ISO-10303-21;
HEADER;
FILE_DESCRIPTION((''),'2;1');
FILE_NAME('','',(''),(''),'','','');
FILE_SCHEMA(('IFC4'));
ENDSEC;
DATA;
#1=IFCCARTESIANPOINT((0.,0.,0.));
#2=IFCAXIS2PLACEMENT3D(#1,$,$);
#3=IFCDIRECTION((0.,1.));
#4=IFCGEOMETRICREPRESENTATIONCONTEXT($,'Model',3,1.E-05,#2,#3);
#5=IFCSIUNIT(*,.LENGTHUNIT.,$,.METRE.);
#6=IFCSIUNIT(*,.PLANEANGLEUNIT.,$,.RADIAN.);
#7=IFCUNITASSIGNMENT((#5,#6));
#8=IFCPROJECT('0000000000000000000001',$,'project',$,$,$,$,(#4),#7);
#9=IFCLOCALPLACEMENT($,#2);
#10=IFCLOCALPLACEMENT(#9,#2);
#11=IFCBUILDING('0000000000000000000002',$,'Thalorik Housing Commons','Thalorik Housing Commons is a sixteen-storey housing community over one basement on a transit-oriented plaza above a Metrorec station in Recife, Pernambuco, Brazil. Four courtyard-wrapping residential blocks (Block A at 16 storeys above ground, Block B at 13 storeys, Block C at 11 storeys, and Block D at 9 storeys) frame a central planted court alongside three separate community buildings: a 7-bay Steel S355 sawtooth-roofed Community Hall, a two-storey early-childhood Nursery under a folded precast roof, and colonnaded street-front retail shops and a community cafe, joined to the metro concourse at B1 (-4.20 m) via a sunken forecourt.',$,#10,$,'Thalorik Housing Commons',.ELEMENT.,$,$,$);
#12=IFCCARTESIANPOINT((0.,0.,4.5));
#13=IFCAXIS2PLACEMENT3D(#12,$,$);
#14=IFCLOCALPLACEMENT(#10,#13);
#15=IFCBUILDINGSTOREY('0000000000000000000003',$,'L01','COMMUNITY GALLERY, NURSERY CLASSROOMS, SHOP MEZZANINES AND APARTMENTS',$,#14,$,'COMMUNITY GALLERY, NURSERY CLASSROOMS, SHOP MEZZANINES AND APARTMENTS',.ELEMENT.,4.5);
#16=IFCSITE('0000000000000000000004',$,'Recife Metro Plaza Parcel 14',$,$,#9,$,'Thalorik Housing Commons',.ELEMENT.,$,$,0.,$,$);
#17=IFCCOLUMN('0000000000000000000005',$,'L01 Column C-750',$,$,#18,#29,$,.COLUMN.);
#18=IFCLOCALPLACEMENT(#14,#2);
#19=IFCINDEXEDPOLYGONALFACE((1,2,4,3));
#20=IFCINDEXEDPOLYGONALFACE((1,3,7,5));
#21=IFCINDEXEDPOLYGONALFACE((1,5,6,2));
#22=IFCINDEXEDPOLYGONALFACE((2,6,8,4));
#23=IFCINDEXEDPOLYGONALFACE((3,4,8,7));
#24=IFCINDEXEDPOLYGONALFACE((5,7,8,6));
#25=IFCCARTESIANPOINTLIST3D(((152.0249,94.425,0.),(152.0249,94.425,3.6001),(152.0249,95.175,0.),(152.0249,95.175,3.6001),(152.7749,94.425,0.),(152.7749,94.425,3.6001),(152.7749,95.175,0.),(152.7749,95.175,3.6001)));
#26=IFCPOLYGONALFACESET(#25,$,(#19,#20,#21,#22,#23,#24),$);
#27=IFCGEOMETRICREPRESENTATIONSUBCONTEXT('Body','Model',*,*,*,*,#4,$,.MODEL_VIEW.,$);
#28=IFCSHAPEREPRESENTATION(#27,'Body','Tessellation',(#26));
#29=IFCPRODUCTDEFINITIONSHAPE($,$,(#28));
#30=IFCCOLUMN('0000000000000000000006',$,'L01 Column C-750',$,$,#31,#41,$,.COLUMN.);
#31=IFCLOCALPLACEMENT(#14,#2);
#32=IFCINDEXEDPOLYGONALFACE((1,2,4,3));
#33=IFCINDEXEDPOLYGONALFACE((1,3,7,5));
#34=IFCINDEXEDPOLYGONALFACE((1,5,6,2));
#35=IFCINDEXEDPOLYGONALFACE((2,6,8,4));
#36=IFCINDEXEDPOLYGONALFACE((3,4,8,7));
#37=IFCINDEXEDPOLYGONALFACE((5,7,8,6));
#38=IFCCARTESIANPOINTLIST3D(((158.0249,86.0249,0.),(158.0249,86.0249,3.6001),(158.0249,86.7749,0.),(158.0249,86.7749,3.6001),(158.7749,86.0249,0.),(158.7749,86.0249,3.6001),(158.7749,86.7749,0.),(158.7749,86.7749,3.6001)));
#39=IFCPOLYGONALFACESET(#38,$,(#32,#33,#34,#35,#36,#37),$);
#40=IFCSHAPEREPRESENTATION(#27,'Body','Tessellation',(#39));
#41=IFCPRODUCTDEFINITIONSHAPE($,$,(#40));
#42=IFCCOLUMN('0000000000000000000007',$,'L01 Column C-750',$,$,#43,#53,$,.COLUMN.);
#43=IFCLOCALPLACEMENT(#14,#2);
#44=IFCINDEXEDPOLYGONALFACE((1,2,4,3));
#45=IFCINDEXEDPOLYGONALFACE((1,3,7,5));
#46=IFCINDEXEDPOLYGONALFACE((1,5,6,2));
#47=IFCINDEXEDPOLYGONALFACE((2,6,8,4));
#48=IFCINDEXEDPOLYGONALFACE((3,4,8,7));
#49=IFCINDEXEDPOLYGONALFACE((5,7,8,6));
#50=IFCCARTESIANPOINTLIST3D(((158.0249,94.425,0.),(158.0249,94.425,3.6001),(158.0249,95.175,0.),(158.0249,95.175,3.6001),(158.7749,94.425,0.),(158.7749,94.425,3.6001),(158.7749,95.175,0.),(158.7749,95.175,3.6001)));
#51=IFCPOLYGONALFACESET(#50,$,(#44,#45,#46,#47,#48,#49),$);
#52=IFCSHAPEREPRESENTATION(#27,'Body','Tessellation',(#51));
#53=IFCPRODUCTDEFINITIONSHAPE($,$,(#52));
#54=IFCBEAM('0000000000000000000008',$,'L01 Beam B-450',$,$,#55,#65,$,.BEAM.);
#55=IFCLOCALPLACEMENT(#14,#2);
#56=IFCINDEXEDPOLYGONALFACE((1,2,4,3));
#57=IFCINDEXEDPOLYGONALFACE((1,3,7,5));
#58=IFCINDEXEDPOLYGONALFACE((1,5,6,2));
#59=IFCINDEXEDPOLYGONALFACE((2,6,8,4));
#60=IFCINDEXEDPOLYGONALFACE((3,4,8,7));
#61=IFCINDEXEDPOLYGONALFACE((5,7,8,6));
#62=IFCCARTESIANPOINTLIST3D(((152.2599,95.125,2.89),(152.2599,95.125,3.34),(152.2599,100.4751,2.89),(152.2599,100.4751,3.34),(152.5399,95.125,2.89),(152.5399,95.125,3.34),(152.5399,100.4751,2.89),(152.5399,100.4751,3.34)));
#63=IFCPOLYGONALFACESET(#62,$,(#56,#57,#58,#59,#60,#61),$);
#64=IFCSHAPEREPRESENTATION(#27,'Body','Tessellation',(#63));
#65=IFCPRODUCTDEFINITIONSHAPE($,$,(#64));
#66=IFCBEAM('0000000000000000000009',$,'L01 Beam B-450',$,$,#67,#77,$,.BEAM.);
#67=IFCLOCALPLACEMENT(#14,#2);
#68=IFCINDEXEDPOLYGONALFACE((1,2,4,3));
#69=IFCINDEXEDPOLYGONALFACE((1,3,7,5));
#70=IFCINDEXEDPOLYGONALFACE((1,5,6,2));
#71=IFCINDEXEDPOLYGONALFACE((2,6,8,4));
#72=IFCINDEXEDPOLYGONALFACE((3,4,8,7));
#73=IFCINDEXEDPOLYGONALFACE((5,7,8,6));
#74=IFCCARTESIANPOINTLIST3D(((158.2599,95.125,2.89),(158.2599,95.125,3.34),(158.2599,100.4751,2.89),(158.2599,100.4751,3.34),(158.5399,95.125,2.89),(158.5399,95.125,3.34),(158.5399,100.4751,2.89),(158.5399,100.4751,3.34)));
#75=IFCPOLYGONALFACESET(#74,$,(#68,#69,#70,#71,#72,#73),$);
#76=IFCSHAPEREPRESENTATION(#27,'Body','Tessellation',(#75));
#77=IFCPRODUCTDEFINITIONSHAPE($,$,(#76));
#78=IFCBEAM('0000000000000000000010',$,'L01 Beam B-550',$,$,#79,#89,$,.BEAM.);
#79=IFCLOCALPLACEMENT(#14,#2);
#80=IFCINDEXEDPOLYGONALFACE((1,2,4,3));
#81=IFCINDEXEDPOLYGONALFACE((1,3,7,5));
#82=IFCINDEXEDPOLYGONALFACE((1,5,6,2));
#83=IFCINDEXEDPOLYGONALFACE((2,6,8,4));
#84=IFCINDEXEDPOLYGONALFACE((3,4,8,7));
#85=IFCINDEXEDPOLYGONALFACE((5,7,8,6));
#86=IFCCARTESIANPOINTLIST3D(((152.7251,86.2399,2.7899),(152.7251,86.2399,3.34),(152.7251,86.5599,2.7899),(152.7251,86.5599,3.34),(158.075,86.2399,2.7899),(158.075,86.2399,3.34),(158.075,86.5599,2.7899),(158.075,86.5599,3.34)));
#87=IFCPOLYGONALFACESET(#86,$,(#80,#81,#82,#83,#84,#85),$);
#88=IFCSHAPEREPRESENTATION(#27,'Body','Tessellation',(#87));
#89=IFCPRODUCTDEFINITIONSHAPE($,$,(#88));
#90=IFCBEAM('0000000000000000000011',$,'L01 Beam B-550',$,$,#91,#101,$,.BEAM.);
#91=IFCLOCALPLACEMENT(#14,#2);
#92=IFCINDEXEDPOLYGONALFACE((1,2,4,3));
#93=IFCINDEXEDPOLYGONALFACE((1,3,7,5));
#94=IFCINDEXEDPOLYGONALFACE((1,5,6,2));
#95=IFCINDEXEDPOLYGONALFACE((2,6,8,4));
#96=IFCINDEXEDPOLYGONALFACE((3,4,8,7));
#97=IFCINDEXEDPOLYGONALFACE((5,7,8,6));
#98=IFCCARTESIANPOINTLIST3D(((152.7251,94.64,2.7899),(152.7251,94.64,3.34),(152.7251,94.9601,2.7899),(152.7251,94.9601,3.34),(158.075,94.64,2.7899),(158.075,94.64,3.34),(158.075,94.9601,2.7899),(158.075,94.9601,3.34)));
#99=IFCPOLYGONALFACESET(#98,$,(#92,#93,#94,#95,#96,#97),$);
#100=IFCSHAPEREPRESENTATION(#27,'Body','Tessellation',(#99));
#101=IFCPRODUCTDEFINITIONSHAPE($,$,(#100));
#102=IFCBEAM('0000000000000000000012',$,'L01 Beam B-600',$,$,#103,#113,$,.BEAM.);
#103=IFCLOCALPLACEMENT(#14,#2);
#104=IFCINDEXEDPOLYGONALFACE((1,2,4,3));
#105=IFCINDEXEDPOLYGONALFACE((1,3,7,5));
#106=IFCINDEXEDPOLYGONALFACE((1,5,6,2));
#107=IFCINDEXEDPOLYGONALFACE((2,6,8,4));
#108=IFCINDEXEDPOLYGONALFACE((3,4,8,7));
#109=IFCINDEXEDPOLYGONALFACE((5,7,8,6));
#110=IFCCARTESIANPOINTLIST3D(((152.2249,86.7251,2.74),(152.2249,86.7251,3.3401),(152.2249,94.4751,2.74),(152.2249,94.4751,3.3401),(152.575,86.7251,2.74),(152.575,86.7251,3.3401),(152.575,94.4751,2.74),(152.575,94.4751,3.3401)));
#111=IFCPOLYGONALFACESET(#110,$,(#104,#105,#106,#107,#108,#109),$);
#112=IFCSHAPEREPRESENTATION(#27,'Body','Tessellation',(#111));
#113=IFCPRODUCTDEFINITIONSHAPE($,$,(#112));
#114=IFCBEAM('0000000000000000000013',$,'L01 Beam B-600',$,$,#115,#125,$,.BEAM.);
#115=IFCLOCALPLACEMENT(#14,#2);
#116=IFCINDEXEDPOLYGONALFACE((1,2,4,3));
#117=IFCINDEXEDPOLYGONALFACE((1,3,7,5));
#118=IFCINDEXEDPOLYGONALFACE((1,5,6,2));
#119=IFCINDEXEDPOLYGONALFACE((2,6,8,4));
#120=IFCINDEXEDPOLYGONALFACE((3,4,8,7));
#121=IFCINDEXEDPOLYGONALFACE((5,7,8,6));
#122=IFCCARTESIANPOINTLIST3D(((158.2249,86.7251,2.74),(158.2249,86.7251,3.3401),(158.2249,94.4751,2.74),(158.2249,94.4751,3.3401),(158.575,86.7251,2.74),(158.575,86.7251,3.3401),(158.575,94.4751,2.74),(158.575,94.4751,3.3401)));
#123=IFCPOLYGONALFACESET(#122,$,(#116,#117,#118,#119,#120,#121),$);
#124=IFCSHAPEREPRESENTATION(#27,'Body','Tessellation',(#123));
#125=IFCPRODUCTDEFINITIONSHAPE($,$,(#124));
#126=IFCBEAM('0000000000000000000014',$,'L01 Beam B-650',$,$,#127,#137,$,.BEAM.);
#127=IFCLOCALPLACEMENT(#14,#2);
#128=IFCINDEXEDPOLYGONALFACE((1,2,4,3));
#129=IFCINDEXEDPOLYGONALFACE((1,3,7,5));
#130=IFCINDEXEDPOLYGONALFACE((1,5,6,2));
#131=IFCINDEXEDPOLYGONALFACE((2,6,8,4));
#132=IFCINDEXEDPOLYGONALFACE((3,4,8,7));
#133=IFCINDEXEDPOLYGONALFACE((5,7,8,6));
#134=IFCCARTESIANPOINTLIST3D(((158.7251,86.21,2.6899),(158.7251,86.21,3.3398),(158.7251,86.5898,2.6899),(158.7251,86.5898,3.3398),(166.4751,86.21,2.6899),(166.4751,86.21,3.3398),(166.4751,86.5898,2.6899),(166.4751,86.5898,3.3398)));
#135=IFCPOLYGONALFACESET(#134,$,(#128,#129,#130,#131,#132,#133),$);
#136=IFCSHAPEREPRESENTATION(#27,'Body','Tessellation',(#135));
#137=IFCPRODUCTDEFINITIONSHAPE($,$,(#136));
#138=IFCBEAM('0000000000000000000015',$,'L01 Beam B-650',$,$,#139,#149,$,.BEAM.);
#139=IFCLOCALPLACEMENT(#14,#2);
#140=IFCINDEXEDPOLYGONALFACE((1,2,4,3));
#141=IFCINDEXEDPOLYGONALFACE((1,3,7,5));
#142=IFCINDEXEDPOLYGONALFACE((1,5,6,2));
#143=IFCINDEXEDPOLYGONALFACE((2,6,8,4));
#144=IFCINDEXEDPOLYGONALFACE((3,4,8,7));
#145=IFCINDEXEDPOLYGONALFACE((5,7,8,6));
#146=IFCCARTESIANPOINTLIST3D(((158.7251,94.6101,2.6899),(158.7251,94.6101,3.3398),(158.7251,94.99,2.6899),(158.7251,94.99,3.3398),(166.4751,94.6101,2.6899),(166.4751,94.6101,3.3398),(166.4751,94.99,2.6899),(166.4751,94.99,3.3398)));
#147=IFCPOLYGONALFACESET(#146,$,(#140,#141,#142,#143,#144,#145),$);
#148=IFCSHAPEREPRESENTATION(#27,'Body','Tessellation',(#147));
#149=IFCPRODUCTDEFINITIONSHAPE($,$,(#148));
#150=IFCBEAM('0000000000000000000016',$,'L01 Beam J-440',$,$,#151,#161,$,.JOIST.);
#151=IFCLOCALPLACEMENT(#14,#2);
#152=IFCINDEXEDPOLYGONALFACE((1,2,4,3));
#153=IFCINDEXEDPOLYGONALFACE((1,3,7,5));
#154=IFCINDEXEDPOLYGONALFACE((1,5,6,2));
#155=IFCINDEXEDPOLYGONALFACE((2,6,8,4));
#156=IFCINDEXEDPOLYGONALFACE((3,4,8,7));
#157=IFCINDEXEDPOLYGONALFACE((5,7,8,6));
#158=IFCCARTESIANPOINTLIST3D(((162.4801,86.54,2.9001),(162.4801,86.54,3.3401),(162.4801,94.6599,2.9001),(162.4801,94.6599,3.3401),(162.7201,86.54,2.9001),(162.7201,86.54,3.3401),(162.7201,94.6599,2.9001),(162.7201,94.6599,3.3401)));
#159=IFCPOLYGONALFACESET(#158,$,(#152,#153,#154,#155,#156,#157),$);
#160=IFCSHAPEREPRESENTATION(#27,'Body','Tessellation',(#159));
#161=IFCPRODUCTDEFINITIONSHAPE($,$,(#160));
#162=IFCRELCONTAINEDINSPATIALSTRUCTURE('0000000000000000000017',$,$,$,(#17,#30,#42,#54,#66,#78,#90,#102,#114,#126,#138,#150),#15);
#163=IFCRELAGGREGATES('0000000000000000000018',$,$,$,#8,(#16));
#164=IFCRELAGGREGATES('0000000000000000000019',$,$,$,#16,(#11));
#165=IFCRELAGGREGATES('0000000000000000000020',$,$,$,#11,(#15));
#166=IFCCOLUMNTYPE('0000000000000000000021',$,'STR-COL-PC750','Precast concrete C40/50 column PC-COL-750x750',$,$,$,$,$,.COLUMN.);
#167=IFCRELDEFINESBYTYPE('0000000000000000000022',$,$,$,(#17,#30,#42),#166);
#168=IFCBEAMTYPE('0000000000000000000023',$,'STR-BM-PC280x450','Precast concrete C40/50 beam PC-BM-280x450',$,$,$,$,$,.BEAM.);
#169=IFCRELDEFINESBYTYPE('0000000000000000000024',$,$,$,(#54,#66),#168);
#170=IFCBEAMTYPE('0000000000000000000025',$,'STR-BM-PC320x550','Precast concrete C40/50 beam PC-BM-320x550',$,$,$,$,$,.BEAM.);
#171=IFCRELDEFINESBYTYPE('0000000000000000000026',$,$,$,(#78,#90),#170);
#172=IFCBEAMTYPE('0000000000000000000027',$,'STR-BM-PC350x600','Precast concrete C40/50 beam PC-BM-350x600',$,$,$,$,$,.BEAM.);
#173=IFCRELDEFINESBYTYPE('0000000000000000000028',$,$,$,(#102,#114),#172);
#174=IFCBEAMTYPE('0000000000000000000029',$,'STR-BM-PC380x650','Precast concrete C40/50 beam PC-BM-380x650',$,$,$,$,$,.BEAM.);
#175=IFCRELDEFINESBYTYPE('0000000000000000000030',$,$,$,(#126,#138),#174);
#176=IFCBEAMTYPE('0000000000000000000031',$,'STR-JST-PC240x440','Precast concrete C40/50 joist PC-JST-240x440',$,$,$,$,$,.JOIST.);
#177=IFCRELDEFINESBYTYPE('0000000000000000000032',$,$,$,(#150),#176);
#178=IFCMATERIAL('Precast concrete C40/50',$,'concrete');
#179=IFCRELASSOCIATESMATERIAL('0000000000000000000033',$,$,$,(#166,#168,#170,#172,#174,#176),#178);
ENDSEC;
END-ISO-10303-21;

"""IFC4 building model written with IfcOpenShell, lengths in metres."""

from ifc_helpers import new_model, si_unit, direction, frame, origin, origin_2d, place, context, subcontext, project, spatial, rectangle, extrude, material, material_profile, profile_set, type_object, element, save


model = new_model("IFC4")

# Units and contexts
model_context = context("Model", 3, precision=1e-05, world=origin(), true_north=direction((0.0, 1.0)))
body_context = subcontext(model_context, "Body", "Model", "MODEL_VIEW")
ifc_project = project(units=[si_unit("LENGTHUNIT", "METRE"), si_unit("PLANEANGLEUNIT", "RADIAN")], contexts=[model_context])

# Site, building, storey
site_placement = place(None, origin())
site = spatial("IfcSite", under=ifc_project, at=site_placement, Name="Recife Metro Plaza Parcel 14", LongName="Thalorik Housing Commons", CompositionType="ELEMENT", RefElevation=0.0)
building_placement = place(site_placement, origin())
building = spatial("IfcBuilding", under=site, at=building_placement, Name="Thalorik Housing Commons", Description="Thalorik Housing Commons is a sixteen-storey housing community over one basement on a transit-oriented plaza above a Metrorec station in Recife, Pernambuco, Brazil. Four courtyard-wrapping residential blocks (Block A at 16 storeys above ground, Block B at 13 storeys, Block C at 11 storeys, and Block D at 9 storeys) frame a central planted court alongside three separate community buildings: a 7-bay Steel S355 sawtooth-roofed Community Hall, a two-storey early-childhood Nursery under a folded precast roof, and colonnaded street-front retail shops and a community cafe, joined to the metro concourse at B1 (-4.20 m) via a sunken forecourt.", LongName="Thalorik Housing Commons", CompositionType="ELEMENT")
storey_placement = place(building_placement, frame((0.0, 0.0, 4.5)))
storey = spatial("IfcBuildingStorey", under=building, at=storey_placement, Name="L01", Description="COMMUNITY GALLERY, NURSERY CLASSROOMS, SHOP MEZZANINES AND APARTMENTS", LongName="COMMUNITY GALLERY, NURSERY CLASSROOMS, SHOP MEZZANINES AND APARTMENTS", CompositionType="ELEMENT", Elevation=4.5)

# Columns
ifc_material_1 = material(Name="Precast concrete C40/50", Category="concrete")
ifc_material_profile_1 = material_profile(ifc_material_1, rectangle(XDim=0.75, YDim=0.75, at=origin_2d()), Name="PC 750x750", Category="concrete")
ifc_profile_set_1 = profile_set([ifc_material_profile_1], Name="Precast concrete C40/50")
column_type = type_object("IfcColumnType", Name="STR-COL-PC750", Description="Precast concrete C40/50 column PC-COL-750x750", PredefinedType="COLUMN", material=ifc_profile_set_1)
for number, where, z_axis, x_axis, name in (
    (1, (152.3999, 94.8, 0.0), (0.0, 0.0, 1.0), (1.0, 0.0, 0.0), "L01 Column C-750"),
    (2, (158.3999, 86.3999, 0.0), (0.0, 0.0, 1.0), (1.0, 0.0, 0.0), "L01 Column C-750"),
    (3, (158.3999, 94.8, 0.0), (0.0, 0.0, 1.0), (1.0, 0.0, 0.0), "L01 Column C-750"),
):
    element("IfcColumn", number, at=place(storey_placement, frame(where, z_axis=z_axis, x_axis=x_axis)), inside=storey, type_object=column_type, Name=name, PredefinedType="COLUMN", context=body_context, shape_type="SweptSolid", body=[
        extrude(rectangle(XDim=0.75, YDim=0.75, at=origin_2d()), origin(), (0.0, 0.0, 1.0), 3.6001),
    ])

# Beams
ifc_material_profile_2 = material_profile(ifc_material_1, rectangle(XDim=0.28, YDim=0.45, at=origin_2d()), Name="PC 280x450", Category="concrete")
ifc_profile_set_2 = profile_set([ifc_material_profile_2], Name="Precast concrete C40/50")
beam_type_1 = type_object("IfcBeamType", Name="STR-BM-PC280x450", Description="Precast concrete C40/50 beam PC-BM-280x450", PredefinedType="BEAM", material=ifc_profile_set_2)
for number, where, z_axis, x_axis, name in (
    (4, (152.3999, 95.125, 3.115), (0.0, 1.0, 0.0), (-1.0, 0.0, 0.0), "L01 Beam B-450"),
    (5, (158.3999, 95.125, 3.115), (0.0, 1.0, 0.0), (-1.0, 0.0, 0.0), "L01 Beam B-450"),
):
    element("IfcBeam", number, at=place(storey_placement, frame(where, z_axis=z_axis, x_axis=x_axis)), inside=storey, type_object=beam_type_1, Name=name, PredefinedType="BEAM", context=body_context, shape_type="SweptSolid", body=[
        extrude(rectangle(XDim=0.28, YDim=0.45, at=origin_2d()), origin(), (0.0, 0.0, 1.0), 5.3501),
    ])
ifc_material_profile_3 = material_profile(ifc_material_1, rectangle(XDim=0.3201, YDim=0.55, at=origin_2d()), Name="PC 320x550", Category="concrete")
ifc_profile_set_3 = profile_set([ifc_material_profile_3], Name="Precast concrete C40/50")
beam_type_2 = type_object("IfcBeamType", Name="STR-BM-PC320x550", Description="Precast concrete C40/50 beam PC-BM-320x550", PredefinedType="BEAM", material=ifc_profile_set_3)
for number, where, z_axis, x_axis, name in (
    (6, (152.7251, 86.3999, 3.0649), (1.0, 0.0, 0.0), (0.0, 1.0, 0.0), "L01 Beam B-550"),
    (7, (152.7251, 94.8, 3.0649), (1.0, 0.0, 0.0), (0.0, 1.0, 0.0), "L01 Beam B-550"),
):
    element("IfcBeam", number, at=place(storey_placement, frame(where, z_axis=z_axis, x_axis=x_axis)), inside=storey, type_object=beam_type_2, Name=name, PredefinedType="BEAM", context=body_context, shape_type="SweptSolid", body=[
        extrude(rectangle(XDim=0.3201, YDim=0.55, at=origin_2d()), origin(), (0.0, 0.0, 1.0), 5.3499),
    ])
ifc_material_profile_4 = material_profile(ifc_material_1, rectangle(XDim=0.3501, YDim=0.6001, at=origin_2d()), Name="PC 350x600", Category="concrete")
ifc_profile_set_4 = profile_set([ifc_material_profile_4], Name="Precast concrete C40/50")
beam_type_3 = type_object("IfcBeamType", Name="STR-BM-PC350x600", Description="Precast concrete C40/50 beam PC-BM-350x600", PredefinedType="BEAM", material=ifc_profile_set_4)
for number, where, z_axis, x_axis, name in (
    (8, (152.3999, 86.7251, 3.04), (0.0, 1.0, 0.0), (-1.0, 0.0, 0.0), "L01 Beam B-600"),
    (9, (158.3999, 86.7251, 3.04), (0.0, 1.0, 0.0), (-1.0, 0.0, 0.0), "L01 Beam B-600"),
):
    element("IfcBeam", number, at=place(storey_placement, frame(where, z_axis=z_axis, x_axis=x_axis)), inside=storey, type_object=beam_type_3, Name=name, PredefinedType="BEAM", context=body_context, shape_type="SweptSolid", body=[
        extrude(rectangle(XDim=0.3501, YDim=0.6001, at=origin_2d()), origin(), (0.0, 0.0, 1.0), 7.75),
    ])
ifc_material_profile_5 = material_profile(ifc_material_1, rectangle(XDim=0.3799, YDim=0.6499, at=origin_2d()), Name="PC 380x650", Category="concrete")
ifc_profile_set_5 = profile_set([ifc_material_profile_5], Name="Precast concrete C40/50")
beam_type_4 = type_object("IfcBeamType", Name="STR-BM-PC380x650", Description="Precast concrete C40/50 beam PC-BM-380x650", PredefinedType="BEAM", material=ifc_profile_set_5)
for number, where, z_axis, x_axis, name in (
    (10, (158.7251, 86.3999, 3.0149), (1.0, 0.0, 0.0), (0.0, 1.0, 0.0), "L01 Beam B-650"),
    (11, (158.7251, 94.8, 3.0149), (1.0, 0.0, 0.0), (0.0, 1.0, 0.0), "L01 Beam B-650"),
):
    element("IfcBeam", number, at=place(storey_placement, frame(where, z_axis=z_axis, x_axis=x_axis)), inside=storey, type_object=beam_type_4, Name=name, PredefinedType="BEAM", context=body_context, shape_type="SweptSolid", body=[
        extrude(rectangle(XDim=0.3799, YDim=0.6499, at=origin_2d()), origin(), (0.0, 0.0, 1.0), 7.75),
    ])
ifc_material_profile_6 = material_profile(ifc_material_1, rectangle(XDim=0.24, YDim=0.4399, at=origin_2d()), Name="PC JST 240x440", Category="concrete")
ifc_profile_set_6 = profile_set([ifc_material_profile_6], Name="Precast concrete C40/50")
beam_type_5 = type_object("IfcBeamType", Name="STR-JST-PC240x440", Description="Precast concrete C40/50 joist PC-JST-240x440", PredefinedType="JOIST", material=ifc_profile_set_6)
beam_placement = place(storey_placement, frame((162.6001, 86.54, 3.1201), z_axis=(0.0, 1.0, 0.0), x_axis=(-1.0, 0.0, 0.0)))
element("IfcBeam", 12, at=beam_placement, inside=storey, type_object=beam_type_5, Name="L01 Beam J-440", PredefinedType="JOIST", context=body_context, shape_type="SweptSolid", body=[
    extrude(rectangle(XDim=0.24, YDim=0.4399, at=origin_2d()), origin(), (0.0, 0.0, 1.0), 8.1199),
])

save(model, "model.ifc")
